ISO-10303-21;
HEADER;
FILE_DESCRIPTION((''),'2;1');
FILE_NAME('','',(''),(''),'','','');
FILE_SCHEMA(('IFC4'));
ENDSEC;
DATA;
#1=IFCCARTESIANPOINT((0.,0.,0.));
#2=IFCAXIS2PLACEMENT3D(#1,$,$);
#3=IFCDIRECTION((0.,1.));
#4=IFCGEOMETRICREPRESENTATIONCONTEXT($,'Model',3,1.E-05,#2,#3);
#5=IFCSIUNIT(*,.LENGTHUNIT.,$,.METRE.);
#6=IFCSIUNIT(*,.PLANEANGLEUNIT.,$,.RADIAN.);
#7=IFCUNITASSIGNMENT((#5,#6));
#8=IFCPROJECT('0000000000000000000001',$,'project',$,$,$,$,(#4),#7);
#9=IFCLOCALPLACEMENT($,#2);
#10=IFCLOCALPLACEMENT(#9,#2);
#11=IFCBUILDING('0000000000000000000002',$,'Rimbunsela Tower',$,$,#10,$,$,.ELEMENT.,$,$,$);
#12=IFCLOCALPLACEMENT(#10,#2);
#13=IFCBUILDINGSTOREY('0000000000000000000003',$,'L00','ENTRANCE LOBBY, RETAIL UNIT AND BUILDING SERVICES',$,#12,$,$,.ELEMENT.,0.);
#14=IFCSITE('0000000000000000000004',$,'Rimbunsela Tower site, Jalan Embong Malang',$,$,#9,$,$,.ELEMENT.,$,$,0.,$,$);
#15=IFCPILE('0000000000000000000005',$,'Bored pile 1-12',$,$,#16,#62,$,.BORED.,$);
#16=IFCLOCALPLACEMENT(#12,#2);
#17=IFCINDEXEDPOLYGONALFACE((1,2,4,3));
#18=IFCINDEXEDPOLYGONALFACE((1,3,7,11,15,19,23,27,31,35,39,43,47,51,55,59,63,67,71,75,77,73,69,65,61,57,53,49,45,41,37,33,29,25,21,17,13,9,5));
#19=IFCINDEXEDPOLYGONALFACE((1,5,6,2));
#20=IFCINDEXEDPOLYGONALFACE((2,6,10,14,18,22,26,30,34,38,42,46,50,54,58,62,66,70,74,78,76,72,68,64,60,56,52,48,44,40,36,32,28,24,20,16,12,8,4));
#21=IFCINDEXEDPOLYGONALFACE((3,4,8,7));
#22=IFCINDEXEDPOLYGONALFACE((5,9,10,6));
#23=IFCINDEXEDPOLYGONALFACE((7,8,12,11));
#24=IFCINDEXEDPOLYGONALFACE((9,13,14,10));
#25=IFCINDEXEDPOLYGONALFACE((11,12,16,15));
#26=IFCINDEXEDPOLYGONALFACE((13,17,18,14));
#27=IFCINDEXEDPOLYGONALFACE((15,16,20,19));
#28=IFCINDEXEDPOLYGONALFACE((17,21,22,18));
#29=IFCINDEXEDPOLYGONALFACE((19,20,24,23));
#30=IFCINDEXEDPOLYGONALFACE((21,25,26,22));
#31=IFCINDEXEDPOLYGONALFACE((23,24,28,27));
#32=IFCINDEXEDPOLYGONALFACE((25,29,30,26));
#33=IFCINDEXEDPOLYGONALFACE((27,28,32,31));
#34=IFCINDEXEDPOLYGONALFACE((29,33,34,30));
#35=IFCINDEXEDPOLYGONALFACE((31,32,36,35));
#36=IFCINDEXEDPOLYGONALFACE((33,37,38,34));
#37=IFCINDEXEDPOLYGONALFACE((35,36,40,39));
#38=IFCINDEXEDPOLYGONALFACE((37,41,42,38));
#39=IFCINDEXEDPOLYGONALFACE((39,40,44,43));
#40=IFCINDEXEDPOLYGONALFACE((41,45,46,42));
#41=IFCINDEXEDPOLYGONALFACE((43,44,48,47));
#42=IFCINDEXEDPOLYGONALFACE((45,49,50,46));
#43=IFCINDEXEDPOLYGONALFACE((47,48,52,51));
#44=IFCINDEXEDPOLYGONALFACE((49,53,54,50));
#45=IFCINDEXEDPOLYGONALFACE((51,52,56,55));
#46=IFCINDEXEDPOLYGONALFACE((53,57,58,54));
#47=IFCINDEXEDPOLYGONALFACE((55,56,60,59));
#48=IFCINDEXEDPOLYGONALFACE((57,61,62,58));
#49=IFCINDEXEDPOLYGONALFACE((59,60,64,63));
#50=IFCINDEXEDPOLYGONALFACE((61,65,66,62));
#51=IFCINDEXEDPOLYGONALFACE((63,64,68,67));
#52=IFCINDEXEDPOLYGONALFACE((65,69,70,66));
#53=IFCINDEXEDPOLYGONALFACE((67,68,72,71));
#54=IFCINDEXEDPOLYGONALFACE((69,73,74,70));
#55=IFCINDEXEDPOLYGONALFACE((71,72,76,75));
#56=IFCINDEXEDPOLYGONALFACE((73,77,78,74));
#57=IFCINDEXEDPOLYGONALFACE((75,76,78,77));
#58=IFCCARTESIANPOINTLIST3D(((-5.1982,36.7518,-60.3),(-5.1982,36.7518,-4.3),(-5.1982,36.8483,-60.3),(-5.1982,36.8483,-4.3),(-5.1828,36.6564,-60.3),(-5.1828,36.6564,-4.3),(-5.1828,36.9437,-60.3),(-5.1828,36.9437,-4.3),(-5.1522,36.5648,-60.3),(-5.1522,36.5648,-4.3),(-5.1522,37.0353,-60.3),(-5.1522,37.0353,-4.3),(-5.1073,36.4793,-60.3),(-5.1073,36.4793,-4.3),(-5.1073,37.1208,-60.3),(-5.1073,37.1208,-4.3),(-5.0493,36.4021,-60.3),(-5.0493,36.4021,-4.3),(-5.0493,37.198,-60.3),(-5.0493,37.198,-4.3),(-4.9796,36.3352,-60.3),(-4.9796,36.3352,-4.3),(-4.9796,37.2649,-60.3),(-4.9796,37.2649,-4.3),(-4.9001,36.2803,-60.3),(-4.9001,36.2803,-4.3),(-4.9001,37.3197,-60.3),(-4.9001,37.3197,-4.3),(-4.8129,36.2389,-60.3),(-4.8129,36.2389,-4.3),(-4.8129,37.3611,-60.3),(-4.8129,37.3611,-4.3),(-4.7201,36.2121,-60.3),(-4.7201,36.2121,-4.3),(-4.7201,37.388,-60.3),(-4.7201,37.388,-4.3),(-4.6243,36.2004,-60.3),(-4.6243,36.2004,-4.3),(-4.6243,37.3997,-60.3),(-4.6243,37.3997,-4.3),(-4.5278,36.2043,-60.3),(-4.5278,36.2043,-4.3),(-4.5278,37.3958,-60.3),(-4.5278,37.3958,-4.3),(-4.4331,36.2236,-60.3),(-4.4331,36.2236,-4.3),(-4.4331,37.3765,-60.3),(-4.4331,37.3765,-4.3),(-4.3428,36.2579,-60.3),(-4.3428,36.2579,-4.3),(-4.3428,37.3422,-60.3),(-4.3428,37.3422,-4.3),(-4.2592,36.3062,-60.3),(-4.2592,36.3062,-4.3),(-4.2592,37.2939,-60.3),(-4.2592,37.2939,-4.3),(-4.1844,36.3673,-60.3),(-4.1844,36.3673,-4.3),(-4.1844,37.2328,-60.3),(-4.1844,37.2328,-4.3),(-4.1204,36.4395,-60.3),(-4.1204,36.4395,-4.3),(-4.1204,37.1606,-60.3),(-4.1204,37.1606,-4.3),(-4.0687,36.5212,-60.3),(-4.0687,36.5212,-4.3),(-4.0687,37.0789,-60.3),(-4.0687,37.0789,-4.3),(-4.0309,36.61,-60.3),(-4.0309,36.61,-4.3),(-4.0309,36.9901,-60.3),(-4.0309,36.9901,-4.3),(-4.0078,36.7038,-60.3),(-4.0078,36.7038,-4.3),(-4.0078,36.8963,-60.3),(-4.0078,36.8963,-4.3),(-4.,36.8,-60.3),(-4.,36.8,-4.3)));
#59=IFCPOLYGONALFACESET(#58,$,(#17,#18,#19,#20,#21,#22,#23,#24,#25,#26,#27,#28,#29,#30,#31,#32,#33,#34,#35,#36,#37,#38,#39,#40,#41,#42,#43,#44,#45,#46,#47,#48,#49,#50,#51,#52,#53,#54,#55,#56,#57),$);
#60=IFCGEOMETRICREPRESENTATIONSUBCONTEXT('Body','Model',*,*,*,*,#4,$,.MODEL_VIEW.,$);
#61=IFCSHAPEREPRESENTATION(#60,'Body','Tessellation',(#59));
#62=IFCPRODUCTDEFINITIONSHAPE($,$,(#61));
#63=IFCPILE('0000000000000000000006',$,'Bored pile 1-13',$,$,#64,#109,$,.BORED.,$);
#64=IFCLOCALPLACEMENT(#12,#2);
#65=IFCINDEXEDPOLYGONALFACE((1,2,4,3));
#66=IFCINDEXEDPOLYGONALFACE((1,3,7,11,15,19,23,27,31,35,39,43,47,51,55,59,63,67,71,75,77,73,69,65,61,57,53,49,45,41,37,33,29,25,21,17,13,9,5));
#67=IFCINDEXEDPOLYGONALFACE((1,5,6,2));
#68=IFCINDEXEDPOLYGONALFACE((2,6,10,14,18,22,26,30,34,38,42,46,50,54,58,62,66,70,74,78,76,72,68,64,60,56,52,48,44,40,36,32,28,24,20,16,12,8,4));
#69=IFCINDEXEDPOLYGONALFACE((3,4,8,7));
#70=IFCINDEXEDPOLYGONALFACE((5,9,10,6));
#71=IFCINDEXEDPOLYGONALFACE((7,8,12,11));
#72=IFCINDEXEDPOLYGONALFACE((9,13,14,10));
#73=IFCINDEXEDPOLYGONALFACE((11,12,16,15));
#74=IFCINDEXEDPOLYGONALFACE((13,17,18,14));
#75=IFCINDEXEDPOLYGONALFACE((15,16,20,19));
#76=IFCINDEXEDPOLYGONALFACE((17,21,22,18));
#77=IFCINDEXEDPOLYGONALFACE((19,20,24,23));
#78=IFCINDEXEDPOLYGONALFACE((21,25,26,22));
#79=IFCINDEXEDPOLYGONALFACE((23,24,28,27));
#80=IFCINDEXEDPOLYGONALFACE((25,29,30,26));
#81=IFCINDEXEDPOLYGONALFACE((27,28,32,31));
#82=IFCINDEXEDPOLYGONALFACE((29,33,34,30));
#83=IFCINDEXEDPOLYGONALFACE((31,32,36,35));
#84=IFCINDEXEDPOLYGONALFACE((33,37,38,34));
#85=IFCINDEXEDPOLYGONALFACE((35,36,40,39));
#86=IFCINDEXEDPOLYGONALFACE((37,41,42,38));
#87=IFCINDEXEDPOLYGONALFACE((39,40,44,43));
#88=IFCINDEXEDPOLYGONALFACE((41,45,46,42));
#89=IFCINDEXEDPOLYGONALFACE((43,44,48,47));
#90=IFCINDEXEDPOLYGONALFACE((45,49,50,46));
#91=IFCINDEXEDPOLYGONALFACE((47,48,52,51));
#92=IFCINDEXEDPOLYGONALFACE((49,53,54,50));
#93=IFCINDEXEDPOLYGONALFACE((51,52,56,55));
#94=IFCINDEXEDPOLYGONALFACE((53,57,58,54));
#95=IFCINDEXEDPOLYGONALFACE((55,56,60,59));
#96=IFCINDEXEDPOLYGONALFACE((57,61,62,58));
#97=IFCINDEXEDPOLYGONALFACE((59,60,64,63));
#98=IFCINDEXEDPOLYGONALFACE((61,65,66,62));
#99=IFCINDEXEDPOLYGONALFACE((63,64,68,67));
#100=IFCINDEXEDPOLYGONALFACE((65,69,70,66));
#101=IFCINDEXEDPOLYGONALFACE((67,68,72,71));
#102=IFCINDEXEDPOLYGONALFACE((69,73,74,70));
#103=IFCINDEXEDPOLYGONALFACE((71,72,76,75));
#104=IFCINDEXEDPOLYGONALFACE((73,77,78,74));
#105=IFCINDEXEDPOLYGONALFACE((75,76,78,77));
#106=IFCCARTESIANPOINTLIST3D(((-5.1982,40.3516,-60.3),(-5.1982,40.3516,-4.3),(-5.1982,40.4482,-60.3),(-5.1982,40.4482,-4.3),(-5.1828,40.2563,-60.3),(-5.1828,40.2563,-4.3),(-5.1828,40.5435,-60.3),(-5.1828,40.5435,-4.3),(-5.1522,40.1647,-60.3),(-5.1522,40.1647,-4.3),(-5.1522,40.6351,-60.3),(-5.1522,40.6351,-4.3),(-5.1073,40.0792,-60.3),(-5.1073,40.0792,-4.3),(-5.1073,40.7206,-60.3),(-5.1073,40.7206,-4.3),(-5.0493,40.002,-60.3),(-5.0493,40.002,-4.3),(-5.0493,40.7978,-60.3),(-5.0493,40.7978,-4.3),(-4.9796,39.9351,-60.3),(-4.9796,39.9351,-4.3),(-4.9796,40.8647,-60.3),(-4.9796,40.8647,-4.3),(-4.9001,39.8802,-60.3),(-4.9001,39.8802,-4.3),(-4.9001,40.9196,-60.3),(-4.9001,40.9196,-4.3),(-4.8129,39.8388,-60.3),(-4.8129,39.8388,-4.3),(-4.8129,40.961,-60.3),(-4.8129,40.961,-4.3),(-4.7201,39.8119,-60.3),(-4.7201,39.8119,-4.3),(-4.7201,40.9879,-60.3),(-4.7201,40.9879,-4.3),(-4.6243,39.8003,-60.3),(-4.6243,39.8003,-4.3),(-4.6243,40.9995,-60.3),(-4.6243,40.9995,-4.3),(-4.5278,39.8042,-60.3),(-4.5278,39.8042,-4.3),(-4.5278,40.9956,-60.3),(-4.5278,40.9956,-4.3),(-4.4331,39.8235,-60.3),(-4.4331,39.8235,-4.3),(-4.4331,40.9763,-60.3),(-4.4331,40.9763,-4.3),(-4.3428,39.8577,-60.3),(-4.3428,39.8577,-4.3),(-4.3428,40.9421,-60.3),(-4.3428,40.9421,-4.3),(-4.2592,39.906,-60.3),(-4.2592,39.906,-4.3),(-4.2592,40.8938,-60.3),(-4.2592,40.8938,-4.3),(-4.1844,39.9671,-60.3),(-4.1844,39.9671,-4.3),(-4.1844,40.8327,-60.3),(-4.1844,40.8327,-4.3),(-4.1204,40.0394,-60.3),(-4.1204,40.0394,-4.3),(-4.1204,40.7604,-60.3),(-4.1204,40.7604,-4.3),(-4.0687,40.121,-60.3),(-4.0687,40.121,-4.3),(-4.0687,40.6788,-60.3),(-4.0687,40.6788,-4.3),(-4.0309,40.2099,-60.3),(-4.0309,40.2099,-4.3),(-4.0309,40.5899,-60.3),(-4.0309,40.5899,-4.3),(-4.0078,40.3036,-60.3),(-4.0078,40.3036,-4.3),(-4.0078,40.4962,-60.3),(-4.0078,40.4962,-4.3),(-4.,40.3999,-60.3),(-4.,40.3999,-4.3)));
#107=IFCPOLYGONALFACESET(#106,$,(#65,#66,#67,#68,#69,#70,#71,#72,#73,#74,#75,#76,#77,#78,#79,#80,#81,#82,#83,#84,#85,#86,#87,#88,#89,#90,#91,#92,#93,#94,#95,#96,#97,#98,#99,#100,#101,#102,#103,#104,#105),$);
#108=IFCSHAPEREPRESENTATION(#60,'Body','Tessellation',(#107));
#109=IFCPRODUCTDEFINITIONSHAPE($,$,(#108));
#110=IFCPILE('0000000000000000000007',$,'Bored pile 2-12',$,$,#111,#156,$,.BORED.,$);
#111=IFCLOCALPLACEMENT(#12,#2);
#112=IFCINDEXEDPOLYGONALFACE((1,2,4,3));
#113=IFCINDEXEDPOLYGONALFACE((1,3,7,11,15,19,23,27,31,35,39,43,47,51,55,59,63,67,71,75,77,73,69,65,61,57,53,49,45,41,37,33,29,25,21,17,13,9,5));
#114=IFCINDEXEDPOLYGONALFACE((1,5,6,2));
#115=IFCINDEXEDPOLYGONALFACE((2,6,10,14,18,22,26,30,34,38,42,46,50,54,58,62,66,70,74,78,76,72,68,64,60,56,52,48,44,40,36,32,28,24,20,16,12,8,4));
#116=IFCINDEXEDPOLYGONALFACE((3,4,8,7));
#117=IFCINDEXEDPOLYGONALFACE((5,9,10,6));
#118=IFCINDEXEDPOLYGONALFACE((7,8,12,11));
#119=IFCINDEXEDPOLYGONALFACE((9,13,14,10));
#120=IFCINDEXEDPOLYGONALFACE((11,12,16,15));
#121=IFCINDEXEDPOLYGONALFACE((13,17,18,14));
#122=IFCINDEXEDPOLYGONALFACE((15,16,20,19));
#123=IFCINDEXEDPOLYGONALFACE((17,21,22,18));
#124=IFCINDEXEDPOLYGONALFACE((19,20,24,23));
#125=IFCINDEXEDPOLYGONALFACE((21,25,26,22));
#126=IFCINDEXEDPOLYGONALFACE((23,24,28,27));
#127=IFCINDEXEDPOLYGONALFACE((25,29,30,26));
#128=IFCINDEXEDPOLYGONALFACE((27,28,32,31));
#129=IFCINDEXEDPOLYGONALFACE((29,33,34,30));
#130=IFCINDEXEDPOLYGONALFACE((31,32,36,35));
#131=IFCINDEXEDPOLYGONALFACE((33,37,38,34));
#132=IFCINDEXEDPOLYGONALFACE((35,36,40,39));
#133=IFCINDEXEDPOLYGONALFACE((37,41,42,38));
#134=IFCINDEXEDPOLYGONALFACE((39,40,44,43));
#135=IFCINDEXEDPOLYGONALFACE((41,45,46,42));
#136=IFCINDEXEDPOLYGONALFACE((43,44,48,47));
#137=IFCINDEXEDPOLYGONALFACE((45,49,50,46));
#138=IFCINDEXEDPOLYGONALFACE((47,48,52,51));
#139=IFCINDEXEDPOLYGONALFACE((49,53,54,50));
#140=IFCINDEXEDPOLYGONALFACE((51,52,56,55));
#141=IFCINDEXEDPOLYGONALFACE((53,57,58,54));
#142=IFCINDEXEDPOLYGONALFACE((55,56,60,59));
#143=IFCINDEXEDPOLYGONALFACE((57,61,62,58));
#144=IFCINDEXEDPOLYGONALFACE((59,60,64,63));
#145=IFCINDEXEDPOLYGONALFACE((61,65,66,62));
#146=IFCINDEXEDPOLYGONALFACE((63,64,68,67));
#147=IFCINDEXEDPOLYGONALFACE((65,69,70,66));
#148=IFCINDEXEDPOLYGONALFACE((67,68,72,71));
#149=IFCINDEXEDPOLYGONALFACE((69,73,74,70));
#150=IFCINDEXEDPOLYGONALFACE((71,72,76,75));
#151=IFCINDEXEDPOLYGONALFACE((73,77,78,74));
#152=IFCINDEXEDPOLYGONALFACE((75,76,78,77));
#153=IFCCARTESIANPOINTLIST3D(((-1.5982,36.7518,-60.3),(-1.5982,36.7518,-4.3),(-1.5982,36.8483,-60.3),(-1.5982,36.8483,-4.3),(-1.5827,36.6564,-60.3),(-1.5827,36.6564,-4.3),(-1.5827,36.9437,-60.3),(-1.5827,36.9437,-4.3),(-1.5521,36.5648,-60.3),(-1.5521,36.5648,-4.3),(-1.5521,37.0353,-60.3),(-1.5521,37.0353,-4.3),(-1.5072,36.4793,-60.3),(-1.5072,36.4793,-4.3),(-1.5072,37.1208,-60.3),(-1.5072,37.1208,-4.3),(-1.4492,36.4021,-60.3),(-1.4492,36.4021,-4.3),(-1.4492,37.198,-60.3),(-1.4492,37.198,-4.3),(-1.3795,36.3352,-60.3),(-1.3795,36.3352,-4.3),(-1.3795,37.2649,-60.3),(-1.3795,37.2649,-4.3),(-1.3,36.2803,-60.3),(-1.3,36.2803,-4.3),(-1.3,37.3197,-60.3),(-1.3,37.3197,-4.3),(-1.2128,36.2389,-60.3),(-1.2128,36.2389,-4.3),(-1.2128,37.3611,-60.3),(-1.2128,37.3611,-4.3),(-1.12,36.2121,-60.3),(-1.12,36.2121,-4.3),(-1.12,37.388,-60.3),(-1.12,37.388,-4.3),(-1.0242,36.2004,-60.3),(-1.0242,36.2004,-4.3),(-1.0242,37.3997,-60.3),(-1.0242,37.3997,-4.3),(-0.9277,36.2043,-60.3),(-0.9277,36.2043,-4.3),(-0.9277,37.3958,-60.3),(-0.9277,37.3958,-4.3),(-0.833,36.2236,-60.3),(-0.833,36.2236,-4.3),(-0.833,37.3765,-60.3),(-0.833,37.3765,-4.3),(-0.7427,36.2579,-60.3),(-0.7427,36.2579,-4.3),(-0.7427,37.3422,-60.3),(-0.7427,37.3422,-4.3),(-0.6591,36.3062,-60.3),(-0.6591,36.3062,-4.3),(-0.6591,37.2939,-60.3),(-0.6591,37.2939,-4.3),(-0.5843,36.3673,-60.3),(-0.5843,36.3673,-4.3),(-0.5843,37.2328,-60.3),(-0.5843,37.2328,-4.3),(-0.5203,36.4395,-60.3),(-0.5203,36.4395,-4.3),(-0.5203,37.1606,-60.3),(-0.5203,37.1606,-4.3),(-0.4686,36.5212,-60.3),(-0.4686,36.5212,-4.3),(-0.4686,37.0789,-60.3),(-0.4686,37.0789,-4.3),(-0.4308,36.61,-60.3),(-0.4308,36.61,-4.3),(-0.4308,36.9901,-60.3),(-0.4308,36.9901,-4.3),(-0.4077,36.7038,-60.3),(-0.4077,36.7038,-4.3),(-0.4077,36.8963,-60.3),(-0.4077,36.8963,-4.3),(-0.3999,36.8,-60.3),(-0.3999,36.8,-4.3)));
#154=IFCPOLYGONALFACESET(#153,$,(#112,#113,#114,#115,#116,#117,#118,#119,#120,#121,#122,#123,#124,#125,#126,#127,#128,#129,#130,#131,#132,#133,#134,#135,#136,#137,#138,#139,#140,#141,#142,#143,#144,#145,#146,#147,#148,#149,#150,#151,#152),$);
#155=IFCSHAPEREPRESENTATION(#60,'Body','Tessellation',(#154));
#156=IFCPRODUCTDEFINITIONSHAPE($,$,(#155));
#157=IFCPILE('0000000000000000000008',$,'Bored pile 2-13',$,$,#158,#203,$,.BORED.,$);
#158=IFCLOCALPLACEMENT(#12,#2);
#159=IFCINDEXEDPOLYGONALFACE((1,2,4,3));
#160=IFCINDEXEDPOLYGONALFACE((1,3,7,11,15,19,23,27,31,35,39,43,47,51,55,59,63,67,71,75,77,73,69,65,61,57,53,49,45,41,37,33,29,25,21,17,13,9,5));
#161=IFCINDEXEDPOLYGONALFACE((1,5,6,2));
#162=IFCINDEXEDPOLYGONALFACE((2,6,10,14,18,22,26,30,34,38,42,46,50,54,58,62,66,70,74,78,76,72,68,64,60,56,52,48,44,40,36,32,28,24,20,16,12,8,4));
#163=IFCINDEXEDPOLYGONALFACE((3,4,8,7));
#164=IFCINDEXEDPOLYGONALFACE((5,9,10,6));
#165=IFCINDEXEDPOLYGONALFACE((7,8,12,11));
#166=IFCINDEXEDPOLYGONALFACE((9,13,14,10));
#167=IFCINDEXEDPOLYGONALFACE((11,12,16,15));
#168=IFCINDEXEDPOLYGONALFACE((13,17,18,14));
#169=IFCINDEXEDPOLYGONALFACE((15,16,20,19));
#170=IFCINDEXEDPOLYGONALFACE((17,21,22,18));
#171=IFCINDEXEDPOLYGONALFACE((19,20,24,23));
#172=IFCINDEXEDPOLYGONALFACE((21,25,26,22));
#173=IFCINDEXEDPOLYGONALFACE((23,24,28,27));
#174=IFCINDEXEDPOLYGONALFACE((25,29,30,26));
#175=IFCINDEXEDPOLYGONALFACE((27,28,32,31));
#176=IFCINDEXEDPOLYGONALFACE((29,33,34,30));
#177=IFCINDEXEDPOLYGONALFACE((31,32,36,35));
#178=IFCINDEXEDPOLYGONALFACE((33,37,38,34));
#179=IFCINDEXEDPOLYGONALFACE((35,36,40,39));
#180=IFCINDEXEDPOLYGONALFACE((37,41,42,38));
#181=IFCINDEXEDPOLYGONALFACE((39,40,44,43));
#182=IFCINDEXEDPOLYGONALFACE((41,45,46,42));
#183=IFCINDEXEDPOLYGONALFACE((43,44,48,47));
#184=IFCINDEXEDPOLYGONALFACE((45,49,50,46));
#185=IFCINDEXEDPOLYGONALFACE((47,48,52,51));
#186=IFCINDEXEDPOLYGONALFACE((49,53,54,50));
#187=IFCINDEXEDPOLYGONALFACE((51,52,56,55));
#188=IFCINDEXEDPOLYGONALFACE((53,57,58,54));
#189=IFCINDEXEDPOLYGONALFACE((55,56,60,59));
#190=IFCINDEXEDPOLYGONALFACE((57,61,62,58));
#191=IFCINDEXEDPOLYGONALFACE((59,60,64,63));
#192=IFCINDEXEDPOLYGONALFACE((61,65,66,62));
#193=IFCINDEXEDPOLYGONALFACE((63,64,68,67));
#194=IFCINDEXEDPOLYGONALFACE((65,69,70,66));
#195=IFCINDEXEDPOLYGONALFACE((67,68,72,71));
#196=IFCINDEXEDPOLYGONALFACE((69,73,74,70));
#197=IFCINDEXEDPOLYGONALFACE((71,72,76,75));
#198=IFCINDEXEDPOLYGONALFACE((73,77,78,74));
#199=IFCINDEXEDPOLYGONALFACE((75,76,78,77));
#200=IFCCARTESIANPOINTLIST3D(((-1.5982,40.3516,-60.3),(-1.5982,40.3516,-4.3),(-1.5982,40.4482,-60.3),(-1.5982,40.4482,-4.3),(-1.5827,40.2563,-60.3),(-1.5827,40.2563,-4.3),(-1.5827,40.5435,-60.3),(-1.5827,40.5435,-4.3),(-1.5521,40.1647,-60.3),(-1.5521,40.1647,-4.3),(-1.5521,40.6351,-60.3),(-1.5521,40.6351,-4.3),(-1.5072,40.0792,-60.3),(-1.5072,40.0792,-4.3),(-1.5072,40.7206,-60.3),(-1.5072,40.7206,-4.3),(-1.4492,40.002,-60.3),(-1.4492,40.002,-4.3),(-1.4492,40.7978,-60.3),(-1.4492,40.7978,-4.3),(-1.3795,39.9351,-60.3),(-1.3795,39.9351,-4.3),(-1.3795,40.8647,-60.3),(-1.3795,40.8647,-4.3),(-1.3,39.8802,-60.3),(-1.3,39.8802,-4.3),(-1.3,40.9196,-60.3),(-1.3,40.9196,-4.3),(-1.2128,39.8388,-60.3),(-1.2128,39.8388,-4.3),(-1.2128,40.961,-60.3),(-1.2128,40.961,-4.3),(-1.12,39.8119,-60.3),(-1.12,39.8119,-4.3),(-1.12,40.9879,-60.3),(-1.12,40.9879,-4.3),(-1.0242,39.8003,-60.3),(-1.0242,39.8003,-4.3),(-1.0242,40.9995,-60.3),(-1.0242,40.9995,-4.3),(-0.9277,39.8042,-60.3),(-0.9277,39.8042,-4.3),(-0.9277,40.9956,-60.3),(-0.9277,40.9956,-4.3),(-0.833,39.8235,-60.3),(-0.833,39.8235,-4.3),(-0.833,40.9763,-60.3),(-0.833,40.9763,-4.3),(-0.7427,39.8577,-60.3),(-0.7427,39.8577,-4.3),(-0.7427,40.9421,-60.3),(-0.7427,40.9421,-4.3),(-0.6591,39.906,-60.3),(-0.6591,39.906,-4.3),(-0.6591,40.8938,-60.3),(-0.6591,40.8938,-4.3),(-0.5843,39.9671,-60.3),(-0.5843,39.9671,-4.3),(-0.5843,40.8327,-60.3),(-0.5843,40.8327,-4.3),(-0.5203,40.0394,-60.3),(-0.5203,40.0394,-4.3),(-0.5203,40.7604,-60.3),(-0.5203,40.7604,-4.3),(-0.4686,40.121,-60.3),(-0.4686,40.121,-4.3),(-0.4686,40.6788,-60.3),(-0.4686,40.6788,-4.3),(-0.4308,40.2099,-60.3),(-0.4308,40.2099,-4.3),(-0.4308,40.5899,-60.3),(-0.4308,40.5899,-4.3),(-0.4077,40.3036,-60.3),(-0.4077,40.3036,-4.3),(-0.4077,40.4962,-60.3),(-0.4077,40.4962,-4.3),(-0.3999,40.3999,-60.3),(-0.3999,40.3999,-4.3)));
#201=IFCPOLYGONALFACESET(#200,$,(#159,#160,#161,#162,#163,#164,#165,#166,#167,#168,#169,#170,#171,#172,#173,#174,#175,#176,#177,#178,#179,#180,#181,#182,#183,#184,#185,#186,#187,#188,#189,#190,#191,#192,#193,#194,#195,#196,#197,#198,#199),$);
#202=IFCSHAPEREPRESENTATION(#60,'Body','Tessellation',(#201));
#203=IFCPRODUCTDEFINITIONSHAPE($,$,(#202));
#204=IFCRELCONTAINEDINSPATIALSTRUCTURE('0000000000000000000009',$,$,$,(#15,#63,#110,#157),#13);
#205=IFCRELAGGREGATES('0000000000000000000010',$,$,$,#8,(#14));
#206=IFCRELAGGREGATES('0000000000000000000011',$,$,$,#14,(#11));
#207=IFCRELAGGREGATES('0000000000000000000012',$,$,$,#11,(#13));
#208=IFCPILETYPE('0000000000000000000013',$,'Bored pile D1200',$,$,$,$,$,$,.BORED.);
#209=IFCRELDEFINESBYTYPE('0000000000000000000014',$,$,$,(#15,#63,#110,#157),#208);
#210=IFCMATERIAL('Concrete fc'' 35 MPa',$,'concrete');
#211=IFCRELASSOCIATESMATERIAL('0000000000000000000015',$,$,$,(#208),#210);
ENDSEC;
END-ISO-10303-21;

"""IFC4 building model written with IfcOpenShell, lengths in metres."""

from ifc_helpers import new_model, si_unit, direction, frame, origin, origin_2d, place, context, subcontext, project, spatial, circle, extrude, material, material_profile, profile_set, type_object, element, save


model = new_model("IFC4")

# Units and contexts
model_context = context("Model", 3, precision=1e-05, world=origin(), true_north=direction((0.0, 1.0)))
body_context = subcontext(model_context, "Body", "Model", "MODEL_VIEW")
ifc_project = project(units=[si_unit("LENGTHUNIT", "METRE"), si_unit("PLANEANGLEUNIT", "RADIAN")], contexts=[model_context])

# Site, building, storey
site_placement = place(None, origin())
site = spatial("IfcSite", under=ifc_project, at=site_placement, Name="Rimbunsela Tower site, Jalan Embong Malang", CompositionType="ELEMENT", RefElevation=0.0)
building_placement = place(site_placement, origin())
building = spatial("IfcBuilding", under=site, at=building_placement, Name="Rimbunsela Tower", CompositionType="ELEMENT")
storey_placement = place(building_placement, origin())
storey = spatial("IfcBuildingStorey", under=building, at=storey_placement, Name="L00", Description="ENTRANCE LOBBY, RETAIL UNIT AND BUILDING SERVICES", CompositionType="ELEMENT", Elevation=0.0)

# Piles
ifc_material_1 = material(Name="Concrete fc' 35 MPa", Category="concrete")
ifc_material_profile_1 = material_profile(ifc_material_1, circle(Radius=0.6001, at=origin_2d()), Name="BP D1200")
ifc_profile_set_1 = profile_set([ifc_material_profile_1], Name="Concrete fc' 35 MPa")
pile_type = type_object("IfcPileType", Name="Bored pile D1200", PredefinedType="BORED", material=ifc_profile_set_1)
for number, where, z_axis, x_axis, name in (
    (1, (-4.6001, 36.8, -4.3), (0.0, 0.0, -1.0), (1.0, 0.0, 0.0), "Bored pile 1-12"),
    (2, (-4.6001, 40.3999, -4.3), (0.0, 0.0, -1.0), (1.0, 0.0, 0.0), "Bored pile 1-13"),
    (3, (-1.0, 36.8, -4.3), (0.0, 0.0, -1.0), (1.0, 0.0, 0.0), "Bored pile 2-12"),
    (4, (-1.0, 40.3999, -4.3), (0.0, 0.0, -1.0), (1.0, 0.0, 0.0), "Bored pile 2-13"),
):
    element("IfcPile", number, at=place(storey_placement, frame(where, z_axis=z_axis, x_axis=x_axis)), inside=storey, type_object=pile_type, Name=name, PredefinedType="BORED", context=body_context, shape_type="SweptSolid", body=[
        extrude(circle(Radius=0.6001, at=origin_2d()), origin(), (0.0, 0.0, 1.0), 56.0),
    ])

save(model, "model.ifc")
